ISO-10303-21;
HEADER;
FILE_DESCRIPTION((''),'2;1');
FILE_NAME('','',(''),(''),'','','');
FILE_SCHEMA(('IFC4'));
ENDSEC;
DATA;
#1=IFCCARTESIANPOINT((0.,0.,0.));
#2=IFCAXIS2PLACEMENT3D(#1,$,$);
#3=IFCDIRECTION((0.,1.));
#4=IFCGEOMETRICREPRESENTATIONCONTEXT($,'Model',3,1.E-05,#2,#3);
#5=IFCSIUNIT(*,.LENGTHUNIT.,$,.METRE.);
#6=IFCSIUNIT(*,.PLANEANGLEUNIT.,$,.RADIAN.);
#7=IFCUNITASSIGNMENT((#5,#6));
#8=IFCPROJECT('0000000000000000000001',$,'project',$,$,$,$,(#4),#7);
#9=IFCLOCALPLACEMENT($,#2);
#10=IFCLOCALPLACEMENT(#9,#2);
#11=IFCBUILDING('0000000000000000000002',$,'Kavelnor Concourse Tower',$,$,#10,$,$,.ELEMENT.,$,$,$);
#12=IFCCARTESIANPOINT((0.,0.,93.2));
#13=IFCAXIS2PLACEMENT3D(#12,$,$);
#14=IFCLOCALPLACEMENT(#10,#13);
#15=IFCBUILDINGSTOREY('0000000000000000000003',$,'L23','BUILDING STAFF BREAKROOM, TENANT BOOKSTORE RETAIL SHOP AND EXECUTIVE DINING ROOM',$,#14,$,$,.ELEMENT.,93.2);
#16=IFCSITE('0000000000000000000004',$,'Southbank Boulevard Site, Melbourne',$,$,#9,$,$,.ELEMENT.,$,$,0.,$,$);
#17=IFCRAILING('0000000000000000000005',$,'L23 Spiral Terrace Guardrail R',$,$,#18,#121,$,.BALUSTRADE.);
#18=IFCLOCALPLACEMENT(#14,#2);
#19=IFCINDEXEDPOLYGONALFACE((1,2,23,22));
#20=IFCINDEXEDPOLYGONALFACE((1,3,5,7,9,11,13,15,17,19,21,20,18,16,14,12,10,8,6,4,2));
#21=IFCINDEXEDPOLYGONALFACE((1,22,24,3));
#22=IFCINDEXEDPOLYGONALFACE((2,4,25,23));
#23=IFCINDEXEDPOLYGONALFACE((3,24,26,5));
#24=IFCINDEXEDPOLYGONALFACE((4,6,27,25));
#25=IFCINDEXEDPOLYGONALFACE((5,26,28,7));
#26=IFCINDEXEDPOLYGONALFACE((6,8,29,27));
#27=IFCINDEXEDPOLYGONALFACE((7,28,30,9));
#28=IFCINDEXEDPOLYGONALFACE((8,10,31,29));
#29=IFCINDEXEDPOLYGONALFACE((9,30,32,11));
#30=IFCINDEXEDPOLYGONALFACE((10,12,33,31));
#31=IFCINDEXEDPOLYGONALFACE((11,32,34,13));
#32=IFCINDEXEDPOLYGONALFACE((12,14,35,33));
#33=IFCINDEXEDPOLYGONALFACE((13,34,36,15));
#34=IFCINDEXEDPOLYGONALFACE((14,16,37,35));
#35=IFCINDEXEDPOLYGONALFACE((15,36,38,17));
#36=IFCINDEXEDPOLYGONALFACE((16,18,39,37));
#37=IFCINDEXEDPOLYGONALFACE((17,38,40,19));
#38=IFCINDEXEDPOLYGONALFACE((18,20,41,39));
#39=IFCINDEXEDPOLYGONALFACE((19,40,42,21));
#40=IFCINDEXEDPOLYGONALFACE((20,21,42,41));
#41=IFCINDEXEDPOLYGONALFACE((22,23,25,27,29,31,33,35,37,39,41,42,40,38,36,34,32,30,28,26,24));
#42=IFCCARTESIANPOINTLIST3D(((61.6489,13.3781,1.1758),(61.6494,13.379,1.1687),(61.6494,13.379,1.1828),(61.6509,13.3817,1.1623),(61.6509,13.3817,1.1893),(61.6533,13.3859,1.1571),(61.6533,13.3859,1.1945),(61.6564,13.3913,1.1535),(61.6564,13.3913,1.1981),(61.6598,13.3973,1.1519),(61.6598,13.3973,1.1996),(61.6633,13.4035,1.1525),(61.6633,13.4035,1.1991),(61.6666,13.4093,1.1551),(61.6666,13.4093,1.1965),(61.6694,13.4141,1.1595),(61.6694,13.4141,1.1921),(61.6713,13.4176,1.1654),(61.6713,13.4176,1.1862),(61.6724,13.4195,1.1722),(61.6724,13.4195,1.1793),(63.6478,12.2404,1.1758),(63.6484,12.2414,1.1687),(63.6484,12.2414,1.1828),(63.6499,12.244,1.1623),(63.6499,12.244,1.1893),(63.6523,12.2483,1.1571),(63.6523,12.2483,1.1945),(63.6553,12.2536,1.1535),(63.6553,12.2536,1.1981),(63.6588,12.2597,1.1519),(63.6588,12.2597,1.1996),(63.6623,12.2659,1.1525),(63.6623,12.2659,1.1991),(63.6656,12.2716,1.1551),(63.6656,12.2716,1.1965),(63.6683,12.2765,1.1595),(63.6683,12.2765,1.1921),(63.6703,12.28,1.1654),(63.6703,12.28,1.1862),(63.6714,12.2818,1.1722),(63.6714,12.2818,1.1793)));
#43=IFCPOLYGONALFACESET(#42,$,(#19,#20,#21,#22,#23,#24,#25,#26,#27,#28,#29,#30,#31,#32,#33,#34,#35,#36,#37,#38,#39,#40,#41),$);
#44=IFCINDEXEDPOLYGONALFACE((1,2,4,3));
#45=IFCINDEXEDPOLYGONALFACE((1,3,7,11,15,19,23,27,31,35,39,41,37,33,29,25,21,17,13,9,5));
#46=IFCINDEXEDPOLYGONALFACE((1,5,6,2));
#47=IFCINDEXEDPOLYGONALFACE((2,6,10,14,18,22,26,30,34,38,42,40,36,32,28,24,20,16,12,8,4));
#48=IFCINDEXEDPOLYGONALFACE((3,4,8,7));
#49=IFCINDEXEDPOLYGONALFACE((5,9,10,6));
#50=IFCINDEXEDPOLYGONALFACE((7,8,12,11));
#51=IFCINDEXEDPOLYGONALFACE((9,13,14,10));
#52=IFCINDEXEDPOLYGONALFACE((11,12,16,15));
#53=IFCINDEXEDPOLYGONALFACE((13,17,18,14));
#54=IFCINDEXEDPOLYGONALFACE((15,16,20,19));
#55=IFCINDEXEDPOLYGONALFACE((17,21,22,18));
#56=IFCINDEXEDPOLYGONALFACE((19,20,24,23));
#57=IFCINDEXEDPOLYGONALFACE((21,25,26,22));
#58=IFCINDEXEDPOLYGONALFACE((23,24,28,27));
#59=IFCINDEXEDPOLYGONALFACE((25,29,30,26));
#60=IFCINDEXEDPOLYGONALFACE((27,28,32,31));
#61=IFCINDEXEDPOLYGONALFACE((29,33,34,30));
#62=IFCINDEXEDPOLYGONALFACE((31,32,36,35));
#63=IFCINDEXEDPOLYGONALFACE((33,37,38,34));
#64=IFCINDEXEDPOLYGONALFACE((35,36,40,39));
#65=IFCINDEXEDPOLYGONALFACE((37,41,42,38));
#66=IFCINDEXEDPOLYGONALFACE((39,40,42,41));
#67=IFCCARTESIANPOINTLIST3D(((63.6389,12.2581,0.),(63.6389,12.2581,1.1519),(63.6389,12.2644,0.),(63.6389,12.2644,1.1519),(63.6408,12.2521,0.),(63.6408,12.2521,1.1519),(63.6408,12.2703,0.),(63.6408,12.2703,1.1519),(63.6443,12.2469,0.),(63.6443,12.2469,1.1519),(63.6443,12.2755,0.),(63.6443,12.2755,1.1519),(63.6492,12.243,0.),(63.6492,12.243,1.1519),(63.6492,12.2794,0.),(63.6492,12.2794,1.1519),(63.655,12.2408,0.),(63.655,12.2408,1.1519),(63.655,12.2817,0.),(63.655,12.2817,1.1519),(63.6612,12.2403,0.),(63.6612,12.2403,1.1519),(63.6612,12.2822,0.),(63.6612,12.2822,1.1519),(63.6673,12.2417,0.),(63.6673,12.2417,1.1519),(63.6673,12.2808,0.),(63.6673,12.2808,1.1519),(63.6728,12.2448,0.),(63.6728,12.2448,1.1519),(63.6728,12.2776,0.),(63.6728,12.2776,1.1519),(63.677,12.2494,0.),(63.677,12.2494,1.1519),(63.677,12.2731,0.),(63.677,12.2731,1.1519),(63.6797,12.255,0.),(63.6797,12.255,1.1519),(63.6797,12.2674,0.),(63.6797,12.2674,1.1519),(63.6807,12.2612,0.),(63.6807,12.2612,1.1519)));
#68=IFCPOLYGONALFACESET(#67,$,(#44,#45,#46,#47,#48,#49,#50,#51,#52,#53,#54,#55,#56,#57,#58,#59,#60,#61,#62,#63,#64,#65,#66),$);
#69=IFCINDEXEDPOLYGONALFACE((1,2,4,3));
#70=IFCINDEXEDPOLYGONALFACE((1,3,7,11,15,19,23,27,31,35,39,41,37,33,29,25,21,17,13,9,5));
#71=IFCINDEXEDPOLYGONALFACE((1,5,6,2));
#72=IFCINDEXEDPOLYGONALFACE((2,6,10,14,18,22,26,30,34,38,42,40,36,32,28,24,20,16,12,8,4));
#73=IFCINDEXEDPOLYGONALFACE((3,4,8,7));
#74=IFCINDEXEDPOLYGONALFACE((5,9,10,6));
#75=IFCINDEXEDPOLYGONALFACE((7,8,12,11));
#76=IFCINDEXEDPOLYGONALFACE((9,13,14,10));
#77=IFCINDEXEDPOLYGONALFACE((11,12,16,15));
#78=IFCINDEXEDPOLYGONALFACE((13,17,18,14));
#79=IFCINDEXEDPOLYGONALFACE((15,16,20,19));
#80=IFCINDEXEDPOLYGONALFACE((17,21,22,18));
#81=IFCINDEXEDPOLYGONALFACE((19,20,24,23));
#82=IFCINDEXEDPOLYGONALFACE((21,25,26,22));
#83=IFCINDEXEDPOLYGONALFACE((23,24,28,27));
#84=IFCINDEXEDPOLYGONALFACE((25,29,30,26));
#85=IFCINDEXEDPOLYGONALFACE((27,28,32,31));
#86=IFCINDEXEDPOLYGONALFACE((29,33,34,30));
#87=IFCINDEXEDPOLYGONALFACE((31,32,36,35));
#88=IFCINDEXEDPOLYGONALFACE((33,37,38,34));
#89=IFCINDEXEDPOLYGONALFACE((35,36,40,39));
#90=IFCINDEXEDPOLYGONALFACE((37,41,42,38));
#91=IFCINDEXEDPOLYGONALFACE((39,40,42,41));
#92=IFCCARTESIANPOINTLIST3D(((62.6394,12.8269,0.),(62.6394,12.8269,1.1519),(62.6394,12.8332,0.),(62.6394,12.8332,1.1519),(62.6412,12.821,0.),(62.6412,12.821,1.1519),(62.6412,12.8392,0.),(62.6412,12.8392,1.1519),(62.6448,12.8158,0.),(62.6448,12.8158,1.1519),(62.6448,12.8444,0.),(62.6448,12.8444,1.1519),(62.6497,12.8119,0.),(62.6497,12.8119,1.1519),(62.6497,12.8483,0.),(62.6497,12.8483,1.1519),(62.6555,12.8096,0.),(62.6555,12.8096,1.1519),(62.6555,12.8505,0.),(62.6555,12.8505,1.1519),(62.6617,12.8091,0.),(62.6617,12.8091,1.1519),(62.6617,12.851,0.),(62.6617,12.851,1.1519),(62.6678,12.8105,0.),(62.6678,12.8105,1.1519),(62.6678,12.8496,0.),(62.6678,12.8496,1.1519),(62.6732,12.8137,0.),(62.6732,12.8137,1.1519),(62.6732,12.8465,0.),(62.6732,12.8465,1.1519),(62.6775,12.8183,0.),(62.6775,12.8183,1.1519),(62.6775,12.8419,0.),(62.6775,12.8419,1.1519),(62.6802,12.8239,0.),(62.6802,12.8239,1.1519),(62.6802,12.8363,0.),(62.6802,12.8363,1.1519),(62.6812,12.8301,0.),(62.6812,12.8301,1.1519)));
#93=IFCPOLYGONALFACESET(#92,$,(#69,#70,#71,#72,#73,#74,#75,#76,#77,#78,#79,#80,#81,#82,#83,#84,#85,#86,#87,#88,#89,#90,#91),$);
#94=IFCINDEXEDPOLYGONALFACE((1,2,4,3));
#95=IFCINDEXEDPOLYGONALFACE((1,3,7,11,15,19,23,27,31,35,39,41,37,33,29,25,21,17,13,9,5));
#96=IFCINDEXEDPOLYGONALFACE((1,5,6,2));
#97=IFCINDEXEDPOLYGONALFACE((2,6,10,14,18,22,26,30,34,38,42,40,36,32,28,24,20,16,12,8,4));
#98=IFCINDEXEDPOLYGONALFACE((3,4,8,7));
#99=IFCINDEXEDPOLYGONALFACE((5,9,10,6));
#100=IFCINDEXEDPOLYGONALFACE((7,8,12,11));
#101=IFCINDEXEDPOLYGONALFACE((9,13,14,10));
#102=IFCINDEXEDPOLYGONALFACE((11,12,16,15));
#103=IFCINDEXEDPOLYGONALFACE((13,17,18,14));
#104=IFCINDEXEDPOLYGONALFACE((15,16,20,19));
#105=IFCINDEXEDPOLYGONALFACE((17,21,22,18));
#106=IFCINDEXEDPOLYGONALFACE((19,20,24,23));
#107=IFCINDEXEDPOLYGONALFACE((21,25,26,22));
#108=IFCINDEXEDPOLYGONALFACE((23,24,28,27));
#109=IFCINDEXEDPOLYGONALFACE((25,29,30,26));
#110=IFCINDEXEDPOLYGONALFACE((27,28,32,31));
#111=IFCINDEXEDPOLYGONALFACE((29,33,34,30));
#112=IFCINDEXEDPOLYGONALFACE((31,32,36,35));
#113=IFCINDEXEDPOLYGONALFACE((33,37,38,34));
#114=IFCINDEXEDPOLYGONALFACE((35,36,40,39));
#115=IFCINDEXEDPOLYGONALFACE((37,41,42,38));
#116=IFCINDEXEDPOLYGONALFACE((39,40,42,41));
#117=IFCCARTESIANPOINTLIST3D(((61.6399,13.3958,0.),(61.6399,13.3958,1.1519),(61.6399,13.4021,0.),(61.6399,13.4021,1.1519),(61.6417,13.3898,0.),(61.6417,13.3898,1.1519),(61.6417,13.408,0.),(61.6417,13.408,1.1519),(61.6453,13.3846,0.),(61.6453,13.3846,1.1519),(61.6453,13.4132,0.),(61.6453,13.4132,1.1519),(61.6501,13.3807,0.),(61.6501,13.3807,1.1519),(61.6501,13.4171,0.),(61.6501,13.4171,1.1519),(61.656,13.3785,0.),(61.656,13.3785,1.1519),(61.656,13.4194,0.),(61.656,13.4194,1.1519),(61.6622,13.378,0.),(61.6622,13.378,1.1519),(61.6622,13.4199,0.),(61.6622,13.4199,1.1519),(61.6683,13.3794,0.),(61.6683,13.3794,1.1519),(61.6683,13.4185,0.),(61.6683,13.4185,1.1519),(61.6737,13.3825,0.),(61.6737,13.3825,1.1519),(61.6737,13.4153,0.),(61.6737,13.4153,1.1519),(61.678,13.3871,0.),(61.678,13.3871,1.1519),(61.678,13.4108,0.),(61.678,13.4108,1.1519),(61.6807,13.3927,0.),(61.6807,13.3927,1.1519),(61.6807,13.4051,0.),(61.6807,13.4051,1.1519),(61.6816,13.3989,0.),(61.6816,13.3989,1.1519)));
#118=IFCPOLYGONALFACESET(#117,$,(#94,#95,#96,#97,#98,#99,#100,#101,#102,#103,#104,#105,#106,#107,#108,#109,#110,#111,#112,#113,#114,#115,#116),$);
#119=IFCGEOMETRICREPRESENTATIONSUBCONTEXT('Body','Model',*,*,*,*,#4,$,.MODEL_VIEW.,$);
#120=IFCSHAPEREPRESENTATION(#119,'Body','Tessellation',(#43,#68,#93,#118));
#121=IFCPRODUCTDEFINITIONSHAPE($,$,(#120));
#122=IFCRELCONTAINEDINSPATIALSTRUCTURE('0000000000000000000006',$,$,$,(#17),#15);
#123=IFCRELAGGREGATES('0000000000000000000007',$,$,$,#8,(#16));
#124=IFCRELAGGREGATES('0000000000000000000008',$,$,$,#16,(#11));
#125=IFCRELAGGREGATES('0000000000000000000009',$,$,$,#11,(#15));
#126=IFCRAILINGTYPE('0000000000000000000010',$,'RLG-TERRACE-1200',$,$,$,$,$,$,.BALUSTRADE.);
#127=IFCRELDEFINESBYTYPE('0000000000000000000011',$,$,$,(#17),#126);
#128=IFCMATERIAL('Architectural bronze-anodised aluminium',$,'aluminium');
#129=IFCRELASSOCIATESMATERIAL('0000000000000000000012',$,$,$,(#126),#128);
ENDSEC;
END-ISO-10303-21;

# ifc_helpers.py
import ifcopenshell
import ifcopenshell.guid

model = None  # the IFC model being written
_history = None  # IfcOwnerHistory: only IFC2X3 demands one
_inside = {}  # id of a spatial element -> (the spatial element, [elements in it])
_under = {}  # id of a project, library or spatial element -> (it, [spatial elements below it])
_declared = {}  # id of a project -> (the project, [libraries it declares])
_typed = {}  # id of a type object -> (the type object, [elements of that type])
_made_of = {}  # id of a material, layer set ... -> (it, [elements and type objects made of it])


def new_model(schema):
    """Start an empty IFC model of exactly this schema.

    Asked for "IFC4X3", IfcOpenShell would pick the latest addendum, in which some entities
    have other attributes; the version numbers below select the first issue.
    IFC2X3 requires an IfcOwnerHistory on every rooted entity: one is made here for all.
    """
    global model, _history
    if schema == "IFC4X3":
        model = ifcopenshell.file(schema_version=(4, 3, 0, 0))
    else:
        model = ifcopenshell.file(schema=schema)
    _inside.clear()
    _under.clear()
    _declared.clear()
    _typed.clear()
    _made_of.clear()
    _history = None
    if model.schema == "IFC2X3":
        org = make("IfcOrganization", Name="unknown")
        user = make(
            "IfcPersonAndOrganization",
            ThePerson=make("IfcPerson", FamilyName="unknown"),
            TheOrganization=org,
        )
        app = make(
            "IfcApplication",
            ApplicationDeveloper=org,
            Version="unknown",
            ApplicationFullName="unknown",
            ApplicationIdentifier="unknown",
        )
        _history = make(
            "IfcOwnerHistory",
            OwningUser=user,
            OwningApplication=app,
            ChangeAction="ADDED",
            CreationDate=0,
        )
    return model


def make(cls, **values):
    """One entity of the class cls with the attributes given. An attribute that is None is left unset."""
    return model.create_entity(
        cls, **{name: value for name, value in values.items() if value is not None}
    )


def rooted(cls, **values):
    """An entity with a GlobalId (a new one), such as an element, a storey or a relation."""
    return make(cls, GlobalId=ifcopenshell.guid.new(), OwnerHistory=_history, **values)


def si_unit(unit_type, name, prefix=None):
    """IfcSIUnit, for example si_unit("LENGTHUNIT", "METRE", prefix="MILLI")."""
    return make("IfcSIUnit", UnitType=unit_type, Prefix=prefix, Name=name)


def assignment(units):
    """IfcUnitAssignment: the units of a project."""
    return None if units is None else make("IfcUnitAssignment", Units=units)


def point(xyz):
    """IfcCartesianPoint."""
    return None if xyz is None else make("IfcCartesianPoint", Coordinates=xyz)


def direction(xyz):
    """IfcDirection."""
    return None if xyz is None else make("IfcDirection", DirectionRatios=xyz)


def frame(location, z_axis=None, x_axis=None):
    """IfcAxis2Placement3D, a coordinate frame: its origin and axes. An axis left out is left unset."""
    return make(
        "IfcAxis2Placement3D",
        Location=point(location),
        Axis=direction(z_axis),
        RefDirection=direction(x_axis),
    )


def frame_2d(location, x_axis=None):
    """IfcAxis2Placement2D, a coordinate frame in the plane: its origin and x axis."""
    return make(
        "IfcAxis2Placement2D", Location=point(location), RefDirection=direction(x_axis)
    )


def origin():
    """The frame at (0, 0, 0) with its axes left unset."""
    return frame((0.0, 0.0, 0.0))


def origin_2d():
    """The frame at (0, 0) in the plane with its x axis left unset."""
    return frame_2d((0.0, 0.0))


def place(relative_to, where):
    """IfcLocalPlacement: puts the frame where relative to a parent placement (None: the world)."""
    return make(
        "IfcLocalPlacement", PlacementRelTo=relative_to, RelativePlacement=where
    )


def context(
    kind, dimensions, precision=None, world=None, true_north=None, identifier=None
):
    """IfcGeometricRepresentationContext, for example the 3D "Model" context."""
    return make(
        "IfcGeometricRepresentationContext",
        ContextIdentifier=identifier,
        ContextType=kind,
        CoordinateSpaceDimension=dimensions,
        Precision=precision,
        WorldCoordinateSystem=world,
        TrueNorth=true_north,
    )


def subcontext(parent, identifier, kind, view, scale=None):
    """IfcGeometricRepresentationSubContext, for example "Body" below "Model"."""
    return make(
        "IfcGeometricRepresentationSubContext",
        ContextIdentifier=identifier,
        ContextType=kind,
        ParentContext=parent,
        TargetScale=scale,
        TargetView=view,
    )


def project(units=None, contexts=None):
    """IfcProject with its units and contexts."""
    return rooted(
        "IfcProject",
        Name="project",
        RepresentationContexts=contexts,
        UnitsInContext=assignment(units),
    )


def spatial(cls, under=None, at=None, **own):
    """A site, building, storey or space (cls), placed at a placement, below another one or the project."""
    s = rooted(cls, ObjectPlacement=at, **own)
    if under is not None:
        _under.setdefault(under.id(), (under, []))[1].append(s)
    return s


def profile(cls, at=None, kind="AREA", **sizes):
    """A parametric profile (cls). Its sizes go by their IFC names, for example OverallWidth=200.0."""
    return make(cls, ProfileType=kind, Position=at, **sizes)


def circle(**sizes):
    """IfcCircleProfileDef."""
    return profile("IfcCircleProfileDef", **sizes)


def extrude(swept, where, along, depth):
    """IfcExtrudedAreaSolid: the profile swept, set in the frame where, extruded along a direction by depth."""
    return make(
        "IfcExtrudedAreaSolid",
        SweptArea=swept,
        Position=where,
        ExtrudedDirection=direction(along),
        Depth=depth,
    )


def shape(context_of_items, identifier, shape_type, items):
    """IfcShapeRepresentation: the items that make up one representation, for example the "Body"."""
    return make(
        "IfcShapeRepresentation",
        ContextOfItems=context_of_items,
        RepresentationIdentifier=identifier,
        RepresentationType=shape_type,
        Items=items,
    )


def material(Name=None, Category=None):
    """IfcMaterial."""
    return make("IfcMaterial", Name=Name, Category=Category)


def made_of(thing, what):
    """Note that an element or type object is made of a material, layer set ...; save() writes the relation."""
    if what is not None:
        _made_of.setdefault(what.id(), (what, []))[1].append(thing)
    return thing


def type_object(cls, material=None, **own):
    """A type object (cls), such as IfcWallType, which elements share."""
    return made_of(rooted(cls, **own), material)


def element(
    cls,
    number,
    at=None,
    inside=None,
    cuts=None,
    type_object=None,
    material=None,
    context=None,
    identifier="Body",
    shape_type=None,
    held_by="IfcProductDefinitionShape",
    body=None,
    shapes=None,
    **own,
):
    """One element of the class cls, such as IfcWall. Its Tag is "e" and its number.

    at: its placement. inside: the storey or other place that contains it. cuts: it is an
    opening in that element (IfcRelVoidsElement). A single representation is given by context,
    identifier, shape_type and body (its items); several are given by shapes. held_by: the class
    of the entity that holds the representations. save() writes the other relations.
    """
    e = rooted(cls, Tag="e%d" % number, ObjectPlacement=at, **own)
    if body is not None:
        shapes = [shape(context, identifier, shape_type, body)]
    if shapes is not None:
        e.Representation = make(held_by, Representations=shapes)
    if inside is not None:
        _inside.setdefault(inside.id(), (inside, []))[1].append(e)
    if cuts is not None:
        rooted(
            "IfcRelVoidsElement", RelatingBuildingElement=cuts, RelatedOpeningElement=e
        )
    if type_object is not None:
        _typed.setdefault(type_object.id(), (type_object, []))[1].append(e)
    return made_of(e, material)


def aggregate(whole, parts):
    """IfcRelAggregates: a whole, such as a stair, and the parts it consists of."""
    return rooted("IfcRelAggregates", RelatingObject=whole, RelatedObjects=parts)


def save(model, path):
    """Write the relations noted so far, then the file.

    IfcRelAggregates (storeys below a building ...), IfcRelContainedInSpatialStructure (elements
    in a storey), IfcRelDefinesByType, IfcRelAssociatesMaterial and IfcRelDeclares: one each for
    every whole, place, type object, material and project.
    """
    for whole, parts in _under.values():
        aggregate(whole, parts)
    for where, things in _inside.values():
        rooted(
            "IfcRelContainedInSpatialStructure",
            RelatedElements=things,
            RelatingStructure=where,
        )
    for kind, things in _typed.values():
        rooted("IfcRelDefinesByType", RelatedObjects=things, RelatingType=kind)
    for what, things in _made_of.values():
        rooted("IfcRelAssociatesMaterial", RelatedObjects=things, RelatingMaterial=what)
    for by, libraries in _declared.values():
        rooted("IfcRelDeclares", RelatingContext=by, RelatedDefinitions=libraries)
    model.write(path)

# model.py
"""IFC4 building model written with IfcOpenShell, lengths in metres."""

from ifc_helpers import new_model, si_unit, direction, frame, origin, origin_2d, place, context, subcontext, project, spatial, circle, extrude, material, type_object, element, save


model = new_model("IFC4")

# Units and contexts
model_context = context("Model", 3, precision=1e-05, world=origin(), true_north=direction((0.0, 1.0)))
body_context = subcontext(model_context, "Body", "Model", "MODEL_VIEW")
ifc_project = project(units=[si_unit("LENGTHUNIT", "METRE"), si_unit("PLANEANGLEUNIT", "RADIAN")], contexts=[model_context])

# Site, building, storey
site_placement = place(None, origin())
site = spatial("IfcSite", under=ifc_project, at=site_placement, Name="Southbank Boulevard Site, Melbourne", CompositionType="ELEMENT", RefElevation=0.0)
building_placement = place(site_placement, origin())
building = spatial("IfcBuilding", under=site, at=building_placement, Name="Kavelnor Concourse Tower", CompositionType="ELEMENT")
storey_placement = place(building_placement, frame((0.0, 0.0, 93.2)))
storey = spatial("IfcBuildingStorey", under=building, at=storey_placement, Name="L23", Description="BUILDING STAFF BREAKROOM, TENANT BOOKSTORE RETAIL SHOP AND EXECUTIVE DINING ROOM", CompositionType="ELEMENT", Elevation=93.2)

# Railing
ifc_material_1 = material(Name="Architectural bronze-anodised aluminium", Category="aluminium")
railing_type = type_object("IfcRailingType", Name="RLG-TERRACE-1200", PredefinedType="BALUSTRADE", material=ifc_material_1)
railing_1_placement = place(storey_placement, frame((63.6597, 12.2612, 0.0)))
element("IfcRailing", 1, at=railing_1_placement, inside=storey, type_object=railing_type, Name="L23 Spiral Terrace Guardrail R", PredefinedType="BALUSTRADE", context=body_context, shape_type="SweptSolid", body=[
    extrude(circle(Radius=0.0239, at=origin_2d()), frame((0.0, 0.0, 1.1758), z_axis=(-0.869104, 0.494629, 0.0), x_axis=(-0.494629, -0.869104, 0.0)), (0.0, 0.0, 1.0), 2.3),
    extrude(circle(Radius=0.021, at=origin_2d()), origin(), (0.0, 0.0, 1.0), 1.1519),
    extrude(circle(Radius=0.021, at=origin_2d()), frame((-0.9995, 0.5688, 0.0)), (0.0, 0.0, 1.0), 1.1519),
    extrude(circle(Radius=0.021, at=origin_2d()), frame((-1.999, 1.1377, 0.0)), (0.0, 0.0, 1.0), 1.1519),
])

save(model, "model.ifc")
